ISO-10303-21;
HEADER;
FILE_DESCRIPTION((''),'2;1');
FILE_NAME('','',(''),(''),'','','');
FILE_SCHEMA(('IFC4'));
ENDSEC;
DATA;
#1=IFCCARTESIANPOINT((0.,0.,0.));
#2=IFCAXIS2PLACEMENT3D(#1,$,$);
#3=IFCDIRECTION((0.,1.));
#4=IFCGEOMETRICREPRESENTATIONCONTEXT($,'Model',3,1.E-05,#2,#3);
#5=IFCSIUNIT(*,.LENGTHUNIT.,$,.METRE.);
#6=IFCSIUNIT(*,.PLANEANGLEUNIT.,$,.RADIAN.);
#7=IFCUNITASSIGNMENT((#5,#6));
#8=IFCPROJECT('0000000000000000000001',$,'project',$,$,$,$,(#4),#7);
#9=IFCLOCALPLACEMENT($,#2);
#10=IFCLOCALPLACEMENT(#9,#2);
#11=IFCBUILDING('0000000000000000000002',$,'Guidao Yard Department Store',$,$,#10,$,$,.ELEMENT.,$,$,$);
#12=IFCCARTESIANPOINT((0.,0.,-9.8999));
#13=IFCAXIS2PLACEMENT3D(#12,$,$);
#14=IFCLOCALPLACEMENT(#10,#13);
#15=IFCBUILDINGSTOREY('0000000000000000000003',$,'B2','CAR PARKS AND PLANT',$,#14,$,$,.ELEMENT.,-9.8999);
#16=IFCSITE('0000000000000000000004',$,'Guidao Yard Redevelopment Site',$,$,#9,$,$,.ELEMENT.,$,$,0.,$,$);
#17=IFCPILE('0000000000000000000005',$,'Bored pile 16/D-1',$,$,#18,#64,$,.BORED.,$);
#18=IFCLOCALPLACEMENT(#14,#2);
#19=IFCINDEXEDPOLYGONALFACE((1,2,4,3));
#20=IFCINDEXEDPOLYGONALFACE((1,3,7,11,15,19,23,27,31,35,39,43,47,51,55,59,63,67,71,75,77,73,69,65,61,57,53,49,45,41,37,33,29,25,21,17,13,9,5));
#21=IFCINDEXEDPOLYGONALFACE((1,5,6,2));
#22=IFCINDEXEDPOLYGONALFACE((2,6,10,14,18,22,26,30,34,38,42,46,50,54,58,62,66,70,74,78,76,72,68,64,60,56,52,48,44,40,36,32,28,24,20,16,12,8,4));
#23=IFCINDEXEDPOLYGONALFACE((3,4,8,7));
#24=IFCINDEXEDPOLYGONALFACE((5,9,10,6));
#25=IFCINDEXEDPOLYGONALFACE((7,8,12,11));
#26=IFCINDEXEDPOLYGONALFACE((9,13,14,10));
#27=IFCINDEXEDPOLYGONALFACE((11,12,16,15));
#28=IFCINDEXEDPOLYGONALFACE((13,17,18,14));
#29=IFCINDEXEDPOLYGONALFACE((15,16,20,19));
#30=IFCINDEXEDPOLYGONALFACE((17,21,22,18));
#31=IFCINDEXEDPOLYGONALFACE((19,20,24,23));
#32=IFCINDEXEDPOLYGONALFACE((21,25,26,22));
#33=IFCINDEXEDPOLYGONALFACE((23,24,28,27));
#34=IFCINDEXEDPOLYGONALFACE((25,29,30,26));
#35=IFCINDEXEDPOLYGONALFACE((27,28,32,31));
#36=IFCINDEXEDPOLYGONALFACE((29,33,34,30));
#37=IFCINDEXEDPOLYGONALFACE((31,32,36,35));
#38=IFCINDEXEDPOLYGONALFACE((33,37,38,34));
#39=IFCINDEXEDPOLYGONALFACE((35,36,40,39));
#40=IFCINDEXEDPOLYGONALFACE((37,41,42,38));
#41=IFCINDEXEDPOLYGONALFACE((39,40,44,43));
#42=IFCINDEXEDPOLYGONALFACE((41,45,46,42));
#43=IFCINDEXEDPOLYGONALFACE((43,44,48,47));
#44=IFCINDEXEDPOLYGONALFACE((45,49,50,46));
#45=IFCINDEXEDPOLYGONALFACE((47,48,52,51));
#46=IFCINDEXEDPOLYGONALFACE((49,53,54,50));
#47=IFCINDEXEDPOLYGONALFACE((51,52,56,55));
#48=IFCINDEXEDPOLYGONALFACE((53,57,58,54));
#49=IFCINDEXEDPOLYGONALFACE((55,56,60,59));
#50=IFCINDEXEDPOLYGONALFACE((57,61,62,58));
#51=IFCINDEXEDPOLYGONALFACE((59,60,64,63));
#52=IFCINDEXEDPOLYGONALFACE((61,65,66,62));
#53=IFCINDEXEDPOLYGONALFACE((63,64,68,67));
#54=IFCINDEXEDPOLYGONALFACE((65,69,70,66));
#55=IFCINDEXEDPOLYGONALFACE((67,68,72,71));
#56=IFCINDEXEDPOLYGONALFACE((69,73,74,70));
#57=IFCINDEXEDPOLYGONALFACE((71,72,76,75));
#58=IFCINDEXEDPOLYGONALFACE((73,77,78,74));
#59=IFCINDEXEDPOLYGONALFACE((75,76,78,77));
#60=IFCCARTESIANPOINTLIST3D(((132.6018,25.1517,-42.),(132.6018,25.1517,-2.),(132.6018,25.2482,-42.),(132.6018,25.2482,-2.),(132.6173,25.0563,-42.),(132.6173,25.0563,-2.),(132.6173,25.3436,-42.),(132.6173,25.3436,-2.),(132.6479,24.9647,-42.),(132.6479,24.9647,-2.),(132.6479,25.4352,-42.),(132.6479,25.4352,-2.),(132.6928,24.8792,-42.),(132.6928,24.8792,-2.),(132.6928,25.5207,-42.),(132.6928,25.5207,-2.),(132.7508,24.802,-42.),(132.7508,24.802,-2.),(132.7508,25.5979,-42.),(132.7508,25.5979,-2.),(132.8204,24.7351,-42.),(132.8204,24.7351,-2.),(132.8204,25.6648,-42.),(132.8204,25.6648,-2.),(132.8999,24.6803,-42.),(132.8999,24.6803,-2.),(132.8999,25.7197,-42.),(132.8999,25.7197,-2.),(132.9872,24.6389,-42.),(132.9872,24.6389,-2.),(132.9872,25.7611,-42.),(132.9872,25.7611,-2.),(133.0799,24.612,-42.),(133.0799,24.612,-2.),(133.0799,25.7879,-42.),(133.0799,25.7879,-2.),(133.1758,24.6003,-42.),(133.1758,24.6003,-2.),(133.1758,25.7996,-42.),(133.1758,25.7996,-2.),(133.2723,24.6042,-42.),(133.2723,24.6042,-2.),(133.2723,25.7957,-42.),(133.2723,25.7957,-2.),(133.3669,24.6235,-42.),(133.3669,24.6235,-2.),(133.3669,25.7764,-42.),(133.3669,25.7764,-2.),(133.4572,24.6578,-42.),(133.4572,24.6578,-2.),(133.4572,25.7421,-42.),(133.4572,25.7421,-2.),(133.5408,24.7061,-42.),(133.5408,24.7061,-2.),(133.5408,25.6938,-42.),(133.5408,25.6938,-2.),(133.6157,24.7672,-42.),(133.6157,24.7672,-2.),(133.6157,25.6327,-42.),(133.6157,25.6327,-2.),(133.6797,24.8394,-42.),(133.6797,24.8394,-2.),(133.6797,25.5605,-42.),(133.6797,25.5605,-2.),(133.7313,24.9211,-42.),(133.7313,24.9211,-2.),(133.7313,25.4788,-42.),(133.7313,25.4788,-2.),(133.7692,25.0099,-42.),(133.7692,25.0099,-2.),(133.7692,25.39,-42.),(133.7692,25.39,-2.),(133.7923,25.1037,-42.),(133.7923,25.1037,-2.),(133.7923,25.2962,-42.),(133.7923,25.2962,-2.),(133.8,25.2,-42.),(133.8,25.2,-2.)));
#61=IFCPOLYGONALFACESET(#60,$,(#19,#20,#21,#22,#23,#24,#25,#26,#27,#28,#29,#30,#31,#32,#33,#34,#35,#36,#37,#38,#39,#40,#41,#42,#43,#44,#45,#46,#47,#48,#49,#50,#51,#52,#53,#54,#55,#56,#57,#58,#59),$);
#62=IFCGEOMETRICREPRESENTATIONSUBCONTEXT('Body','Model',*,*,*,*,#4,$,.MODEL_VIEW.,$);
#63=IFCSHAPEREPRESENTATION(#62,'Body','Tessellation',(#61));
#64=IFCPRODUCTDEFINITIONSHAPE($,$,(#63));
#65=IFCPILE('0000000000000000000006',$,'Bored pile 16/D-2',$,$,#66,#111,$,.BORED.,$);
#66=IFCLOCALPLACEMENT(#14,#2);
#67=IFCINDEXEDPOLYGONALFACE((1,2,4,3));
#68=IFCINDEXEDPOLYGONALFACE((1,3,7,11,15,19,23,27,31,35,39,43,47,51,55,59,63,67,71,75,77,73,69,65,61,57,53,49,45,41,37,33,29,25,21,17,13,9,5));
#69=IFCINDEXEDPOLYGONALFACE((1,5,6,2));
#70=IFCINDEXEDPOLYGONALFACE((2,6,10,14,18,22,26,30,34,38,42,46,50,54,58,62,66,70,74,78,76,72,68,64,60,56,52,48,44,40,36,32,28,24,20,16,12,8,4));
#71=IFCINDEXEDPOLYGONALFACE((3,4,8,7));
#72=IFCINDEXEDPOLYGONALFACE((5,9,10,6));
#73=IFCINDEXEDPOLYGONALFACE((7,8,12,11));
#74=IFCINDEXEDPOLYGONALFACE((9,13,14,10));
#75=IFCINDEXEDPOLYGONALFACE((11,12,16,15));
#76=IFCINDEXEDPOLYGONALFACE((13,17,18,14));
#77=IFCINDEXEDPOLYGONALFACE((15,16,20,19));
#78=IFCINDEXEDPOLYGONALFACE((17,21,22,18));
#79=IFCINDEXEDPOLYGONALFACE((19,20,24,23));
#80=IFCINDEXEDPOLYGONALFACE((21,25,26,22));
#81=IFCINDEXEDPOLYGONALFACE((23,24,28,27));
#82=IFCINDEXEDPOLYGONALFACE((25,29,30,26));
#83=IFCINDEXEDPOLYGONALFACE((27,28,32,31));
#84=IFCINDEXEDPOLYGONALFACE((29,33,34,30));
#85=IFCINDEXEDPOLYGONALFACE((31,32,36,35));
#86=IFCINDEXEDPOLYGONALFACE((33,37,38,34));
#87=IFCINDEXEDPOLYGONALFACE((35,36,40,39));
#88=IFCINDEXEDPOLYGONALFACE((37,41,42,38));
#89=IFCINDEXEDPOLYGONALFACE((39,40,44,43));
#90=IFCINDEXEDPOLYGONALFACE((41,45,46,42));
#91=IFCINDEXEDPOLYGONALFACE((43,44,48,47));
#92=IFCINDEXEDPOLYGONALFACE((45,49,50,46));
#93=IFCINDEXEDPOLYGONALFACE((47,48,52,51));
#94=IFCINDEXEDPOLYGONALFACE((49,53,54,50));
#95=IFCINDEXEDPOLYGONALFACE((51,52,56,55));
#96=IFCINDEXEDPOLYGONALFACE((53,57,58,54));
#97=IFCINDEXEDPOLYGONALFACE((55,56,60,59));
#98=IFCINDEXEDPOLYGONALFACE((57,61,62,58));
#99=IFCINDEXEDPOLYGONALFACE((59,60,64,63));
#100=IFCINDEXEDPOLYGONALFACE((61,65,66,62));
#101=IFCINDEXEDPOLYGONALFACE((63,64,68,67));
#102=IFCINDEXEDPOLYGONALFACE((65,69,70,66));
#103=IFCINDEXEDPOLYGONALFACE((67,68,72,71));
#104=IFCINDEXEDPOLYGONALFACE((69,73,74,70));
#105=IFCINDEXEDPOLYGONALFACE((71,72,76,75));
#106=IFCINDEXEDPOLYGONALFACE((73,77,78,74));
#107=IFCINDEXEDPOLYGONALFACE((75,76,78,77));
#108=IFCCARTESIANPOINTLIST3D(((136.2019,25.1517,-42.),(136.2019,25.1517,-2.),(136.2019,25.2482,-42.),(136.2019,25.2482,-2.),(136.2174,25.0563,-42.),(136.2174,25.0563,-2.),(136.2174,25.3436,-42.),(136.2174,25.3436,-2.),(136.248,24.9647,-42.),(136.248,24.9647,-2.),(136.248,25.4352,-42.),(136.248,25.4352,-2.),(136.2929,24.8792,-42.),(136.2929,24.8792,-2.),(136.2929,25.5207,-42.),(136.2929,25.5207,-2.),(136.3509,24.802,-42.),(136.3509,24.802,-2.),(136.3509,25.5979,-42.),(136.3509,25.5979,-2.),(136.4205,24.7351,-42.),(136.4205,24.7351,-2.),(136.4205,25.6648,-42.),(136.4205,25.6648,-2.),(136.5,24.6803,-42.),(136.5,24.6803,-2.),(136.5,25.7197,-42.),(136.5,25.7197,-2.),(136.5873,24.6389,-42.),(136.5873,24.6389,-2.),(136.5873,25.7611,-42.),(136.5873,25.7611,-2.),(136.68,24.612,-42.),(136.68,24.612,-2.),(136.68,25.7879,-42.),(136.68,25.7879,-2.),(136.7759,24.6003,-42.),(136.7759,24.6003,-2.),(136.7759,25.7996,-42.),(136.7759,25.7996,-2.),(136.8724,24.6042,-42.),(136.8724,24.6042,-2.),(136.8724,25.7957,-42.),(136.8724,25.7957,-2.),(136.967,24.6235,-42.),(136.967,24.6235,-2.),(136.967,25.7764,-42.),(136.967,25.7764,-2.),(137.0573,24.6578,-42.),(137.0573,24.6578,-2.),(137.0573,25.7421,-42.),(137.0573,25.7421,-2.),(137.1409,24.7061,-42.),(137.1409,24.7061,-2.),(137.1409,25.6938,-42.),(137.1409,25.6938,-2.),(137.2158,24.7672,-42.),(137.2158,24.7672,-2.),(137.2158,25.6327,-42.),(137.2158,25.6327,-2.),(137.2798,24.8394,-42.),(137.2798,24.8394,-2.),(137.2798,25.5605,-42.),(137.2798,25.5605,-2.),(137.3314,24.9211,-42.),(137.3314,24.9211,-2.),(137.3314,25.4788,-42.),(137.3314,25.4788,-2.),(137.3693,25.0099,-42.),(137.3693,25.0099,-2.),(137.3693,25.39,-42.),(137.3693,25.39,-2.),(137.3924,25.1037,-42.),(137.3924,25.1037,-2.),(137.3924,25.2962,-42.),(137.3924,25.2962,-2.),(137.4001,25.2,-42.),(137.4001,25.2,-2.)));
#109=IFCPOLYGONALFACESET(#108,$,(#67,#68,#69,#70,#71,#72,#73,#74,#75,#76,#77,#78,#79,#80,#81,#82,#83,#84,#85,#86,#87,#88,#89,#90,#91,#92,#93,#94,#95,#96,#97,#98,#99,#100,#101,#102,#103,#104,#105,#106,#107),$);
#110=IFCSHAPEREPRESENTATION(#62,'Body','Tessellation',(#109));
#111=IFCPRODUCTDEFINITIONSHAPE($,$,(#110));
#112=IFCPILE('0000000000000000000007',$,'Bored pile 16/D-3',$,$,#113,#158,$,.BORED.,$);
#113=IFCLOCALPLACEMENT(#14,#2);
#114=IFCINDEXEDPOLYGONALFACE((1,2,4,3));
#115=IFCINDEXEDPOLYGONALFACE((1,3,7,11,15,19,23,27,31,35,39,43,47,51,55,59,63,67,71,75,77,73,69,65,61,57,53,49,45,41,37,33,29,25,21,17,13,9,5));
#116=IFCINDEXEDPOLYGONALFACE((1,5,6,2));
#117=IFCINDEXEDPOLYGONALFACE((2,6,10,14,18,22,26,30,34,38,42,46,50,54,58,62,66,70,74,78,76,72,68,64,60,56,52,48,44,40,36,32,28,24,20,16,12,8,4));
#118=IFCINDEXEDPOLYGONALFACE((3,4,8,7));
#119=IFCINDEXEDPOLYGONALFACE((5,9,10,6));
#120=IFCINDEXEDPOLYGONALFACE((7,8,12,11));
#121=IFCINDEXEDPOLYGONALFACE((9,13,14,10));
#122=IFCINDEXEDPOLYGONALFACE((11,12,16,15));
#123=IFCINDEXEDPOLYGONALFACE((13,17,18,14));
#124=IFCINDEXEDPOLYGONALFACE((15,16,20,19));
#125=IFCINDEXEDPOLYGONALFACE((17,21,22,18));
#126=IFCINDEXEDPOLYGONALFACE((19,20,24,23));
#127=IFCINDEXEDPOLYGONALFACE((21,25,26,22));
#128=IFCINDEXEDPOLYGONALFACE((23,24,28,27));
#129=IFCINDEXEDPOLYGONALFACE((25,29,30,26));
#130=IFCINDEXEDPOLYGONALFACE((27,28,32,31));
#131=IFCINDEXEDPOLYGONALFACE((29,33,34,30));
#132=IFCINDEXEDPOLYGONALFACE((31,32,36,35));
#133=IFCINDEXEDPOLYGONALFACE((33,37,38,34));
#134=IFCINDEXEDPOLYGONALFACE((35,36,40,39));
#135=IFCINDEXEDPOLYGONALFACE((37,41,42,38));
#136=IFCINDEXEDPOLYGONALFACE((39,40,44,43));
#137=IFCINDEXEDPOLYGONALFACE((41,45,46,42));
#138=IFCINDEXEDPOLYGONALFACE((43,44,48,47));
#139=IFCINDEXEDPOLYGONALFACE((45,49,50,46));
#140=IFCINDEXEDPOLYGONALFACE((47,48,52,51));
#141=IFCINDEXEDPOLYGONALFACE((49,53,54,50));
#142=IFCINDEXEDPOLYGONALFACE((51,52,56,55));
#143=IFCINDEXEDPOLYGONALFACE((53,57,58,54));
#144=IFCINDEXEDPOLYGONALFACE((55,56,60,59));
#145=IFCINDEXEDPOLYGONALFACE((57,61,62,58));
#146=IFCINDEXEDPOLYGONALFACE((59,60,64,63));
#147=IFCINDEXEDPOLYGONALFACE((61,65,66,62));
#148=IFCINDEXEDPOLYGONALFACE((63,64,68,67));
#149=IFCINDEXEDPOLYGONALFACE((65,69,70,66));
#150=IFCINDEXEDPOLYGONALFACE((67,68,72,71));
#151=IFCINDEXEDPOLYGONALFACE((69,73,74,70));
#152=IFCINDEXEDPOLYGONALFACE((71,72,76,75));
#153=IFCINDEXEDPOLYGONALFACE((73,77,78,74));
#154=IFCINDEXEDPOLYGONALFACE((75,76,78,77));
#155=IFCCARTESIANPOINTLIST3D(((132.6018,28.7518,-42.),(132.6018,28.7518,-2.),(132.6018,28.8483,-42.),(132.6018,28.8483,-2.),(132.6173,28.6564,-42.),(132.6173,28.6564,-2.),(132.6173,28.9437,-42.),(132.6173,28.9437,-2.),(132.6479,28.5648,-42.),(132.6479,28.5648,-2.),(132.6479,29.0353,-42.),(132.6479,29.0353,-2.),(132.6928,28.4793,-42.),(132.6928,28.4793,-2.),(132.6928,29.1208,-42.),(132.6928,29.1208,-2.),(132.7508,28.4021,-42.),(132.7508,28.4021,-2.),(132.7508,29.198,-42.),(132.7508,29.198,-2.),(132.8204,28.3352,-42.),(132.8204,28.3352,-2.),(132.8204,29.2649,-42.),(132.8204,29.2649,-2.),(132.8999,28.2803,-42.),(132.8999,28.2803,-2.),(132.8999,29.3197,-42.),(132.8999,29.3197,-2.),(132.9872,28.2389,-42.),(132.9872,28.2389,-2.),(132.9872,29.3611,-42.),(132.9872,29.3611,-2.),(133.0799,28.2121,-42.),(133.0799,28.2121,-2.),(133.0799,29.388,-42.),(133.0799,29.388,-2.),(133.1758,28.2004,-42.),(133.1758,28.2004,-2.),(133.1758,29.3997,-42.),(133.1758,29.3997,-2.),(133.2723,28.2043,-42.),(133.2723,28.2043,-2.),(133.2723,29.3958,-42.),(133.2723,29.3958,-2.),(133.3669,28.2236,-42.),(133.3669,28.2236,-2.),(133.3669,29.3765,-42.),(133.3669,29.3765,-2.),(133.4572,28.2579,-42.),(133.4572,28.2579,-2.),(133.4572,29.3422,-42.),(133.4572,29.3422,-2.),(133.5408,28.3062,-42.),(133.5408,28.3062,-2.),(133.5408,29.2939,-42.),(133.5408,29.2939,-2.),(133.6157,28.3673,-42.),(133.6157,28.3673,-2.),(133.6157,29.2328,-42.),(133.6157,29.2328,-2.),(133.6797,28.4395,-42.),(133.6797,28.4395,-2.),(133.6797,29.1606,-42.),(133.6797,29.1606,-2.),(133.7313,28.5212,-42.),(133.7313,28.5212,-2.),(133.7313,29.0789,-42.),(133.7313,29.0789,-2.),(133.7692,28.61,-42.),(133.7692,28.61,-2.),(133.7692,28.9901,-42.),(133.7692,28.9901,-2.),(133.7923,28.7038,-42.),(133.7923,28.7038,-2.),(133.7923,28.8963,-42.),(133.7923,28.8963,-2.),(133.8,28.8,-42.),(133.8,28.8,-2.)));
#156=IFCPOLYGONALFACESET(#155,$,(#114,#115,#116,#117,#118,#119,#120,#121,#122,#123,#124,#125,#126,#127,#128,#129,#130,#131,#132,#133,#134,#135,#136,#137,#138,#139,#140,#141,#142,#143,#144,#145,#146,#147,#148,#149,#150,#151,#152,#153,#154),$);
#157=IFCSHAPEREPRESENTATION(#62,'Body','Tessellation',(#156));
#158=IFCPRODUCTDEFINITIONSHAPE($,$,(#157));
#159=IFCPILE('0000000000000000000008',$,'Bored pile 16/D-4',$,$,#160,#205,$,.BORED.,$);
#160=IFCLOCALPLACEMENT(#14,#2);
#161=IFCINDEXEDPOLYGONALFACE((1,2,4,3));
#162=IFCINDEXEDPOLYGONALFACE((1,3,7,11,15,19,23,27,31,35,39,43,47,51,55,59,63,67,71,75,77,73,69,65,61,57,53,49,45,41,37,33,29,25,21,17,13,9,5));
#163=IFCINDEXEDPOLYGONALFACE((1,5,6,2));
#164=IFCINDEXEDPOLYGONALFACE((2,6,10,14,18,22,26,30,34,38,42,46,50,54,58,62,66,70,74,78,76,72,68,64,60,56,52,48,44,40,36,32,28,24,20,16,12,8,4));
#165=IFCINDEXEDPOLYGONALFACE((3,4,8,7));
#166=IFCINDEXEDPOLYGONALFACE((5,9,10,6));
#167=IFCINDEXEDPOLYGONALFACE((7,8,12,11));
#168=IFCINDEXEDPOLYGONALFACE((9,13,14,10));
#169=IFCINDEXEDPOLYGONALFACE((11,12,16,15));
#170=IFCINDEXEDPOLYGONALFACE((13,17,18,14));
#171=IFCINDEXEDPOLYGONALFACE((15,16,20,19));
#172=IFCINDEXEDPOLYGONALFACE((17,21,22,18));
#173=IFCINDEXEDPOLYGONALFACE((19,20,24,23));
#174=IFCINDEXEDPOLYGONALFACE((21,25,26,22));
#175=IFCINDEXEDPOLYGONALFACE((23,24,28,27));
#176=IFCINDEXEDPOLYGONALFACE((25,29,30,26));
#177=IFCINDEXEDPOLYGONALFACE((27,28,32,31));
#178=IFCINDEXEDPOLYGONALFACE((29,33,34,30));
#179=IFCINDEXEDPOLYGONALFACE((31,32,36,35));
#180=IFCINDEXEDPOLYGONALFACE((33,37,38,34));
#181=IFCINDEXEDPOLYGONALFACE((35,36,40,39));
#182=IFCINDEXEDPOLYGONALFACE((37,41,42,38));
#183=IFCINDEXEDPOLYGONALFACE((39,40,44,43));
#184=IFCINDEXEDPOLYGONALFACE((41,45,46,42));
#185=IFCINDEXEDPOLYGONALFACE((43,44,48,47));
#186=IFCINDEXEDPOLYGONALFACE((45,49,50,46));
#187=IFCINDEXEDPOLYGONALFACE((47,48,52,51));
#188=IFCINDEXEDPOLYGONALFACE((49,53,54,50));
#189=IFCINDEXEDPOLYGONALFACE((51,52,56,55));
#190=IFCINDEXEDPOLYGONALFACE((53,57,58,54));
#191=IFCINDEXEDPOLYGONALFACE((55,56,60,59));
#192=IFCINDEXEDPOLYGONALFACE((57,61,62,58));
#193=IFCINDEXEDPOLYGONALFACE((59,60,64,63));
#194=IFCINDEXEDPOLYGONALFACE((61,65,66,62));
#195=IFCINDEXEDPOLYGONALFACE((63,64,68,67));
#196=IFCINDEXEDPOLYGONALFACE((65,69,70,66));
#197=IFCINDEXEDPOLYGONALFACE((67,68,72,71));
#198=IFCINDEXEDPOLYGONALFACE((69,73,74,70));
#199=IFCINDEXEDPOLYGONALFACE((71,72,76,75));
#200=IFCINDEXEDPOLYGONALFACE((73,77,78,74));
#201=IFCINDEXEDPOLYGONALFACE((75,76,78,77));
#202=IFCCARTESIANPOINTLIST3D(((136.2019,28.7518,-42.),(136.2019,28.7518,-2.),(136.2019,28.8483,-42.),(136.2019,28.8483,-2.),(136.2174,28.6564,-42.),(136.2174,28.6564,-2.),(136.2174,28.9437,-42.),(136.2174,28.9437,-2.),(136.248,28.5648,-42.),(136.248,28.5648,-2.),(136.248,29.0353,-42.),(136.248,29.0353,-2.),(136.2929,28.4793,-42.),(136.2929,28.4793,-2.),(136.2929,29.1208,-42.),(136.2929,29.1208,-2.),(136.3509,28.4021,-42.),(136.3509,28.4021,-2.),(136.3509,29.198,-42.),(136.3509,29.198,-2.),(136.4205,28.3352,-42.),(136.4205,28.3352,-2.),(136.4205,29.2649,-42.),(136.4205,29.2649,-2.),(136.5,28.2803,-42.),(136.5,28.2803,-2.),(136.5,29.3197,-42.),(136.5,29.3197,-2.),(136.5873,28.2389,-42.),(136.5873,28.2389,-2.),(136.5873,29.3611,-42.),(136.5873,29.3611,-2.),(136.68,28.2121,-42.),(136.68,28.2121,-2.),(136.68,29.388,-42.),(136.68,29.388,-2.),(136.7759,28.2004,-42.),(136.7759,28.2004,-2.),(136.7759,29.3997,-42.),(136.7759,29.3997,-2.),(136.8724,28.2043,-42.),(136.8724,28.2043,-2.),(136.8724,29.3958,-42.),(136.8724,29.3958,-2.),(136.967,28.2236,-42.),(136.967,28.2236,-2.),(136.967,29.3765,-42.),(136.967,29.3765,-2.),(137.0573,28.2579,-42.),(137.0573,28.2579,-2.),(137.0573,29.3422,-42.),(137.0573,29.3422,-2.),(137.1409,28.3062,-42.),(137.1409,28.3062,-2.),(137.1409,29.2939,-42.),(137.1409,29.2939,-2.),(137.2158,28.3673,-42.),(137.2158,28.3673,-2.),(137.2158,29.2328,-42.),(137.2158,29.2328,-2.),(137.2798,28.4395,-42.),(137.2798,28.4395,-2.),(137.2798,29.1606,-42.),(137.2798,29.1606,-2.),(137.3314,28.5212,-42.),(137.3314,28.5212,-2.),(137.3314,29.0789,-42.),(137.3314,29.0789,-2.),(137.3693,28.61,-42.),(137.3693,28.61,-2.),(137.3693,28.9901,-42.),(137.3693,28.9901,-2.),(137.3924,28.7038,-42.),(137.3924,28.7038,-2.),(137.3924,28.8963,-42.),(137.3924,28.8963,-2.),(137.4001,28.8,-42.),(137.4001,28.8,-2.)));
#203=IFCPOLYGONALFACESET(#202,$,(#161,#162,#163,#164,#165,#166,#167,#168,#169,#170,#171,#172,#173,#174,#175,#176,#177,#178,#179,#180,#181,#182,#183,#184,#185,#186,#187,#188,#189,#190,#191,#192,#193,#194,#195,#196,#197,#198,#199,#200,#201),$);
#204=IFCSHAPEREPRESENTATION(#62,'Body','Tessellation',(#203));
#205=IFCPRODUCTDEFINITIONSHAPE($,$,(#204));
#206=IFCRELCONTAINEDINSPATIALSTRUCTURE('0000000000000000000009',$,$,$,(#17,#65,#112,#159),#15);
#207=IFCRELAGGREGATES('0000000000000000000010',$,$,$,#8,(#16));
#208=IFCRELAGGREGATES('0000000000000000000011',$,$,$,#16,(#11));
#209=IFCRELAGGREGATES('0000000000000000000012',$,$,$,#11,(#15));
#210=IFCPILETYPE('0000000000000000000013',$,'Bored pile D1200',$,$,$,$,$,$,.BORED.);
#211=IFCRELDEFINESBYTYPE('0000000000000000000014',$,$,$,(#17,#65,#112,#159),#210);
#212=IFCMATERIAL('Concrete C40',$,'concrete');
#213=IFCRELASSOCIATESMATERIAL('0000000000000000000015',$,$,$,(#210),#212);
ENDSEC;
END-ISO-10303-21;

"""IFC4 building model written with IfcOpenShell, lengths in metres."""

from ifc_helpers import new_model, si_unit, direction, frame, origin, origin_2d, place, context, subcontext, project, spatial, circle, extrude, material, material_profile, profile_set, type_object, element, save


model = new_model("IFC4")

# Units and contexts
model_context = context("Model", 3, precision=1e-05, world=origin(), true_north=direction((0.0, 1.0)))
body_context = subcontext(model_context, "Body", "Model", "MODEL_VIEW")
ifc_project = project(units=[si_unit("LENGTHUNIT", "METRE"), si_unit("PLANEANGLEUNIT", "RADIAN")], contexts=[model_context])

# Site, building, storey
site_placement = place(None, origin())
site = spatial("IfcSite", under=ifc_project, at=site_placement, Name="Guidao Yard Redevelopment Site", CompositionType="ELEMENT", RefElevation=0.0)
building_placement = place(site_placement, origin())
building = spatial("IfcBuilding", under=site, at=building_placement, Name="Guidao Yard Department Store", CompositionType="ELEMENT")
storey_placement = place(building_placement, frame((0.0, 0.0, -9.8999)))
storey = spatial("IfcBuildingStorey", under=building, at=storey_placement, Name="B2", Description="CAR PARKS AND PLANT", CompositionType="ELEMENT", Elevation=-9.8999)

# Piles
ifc_material_1 = material(Name="Concrete C40", Category="concrete")
ifc_material_profile_1 = material_profile(ifc_material_1, circle(Radius=0.6001, at=origin_2d()), Name="Bored pile D1200")
ifc_profile_set_1 = profile_set([ifc_material_profile_1], Name="Concrete C40")
pile_type = type_object("IfcPileType", Name="Bored pile D1200", PredefinedType="BORED", material=ifc_profile_set_1)
for number, where, z_axis, x_axis, name in (
    (1, (133.2, 25.2, -2.0), (0.0, 0.0, -1.0), (1.0, 0.0, 0.0), "Bored pile 16/D-1"),
    (2, (136.8, 25.2, -2.0), (0.0, 0.0, -1.0), (1.0, 0.0, 0.0), "Bored pile 16/D-2"),
    (3, (133.2, 28.8, -2.0), (0.0, 0.0, -1.0), (1.0, 0.0, 0.0), "Bored pile 16/D-3"),
    (4, (136.8, 28.8, -2.0), (0.0, 0.0, -1.0), (1.0, 0.0, 0.0), "Bored pile 16/D-4"),
):
    element("IfcPile", number, at=place(storey_placement, frame(where, z_axis=z_axis, x_axis=x_axis)), inside=storey, type_object=pile_type, Name=name, PredefinedType="BORED", context=body_context, shape_type="SweptSolid", body=[
        extrude(circle(Radius=0.6001, at=origin_2d()), origin(), (0.0, 0.0, 1.0), 40.0),
    ])

save(model, "model.ifc")
